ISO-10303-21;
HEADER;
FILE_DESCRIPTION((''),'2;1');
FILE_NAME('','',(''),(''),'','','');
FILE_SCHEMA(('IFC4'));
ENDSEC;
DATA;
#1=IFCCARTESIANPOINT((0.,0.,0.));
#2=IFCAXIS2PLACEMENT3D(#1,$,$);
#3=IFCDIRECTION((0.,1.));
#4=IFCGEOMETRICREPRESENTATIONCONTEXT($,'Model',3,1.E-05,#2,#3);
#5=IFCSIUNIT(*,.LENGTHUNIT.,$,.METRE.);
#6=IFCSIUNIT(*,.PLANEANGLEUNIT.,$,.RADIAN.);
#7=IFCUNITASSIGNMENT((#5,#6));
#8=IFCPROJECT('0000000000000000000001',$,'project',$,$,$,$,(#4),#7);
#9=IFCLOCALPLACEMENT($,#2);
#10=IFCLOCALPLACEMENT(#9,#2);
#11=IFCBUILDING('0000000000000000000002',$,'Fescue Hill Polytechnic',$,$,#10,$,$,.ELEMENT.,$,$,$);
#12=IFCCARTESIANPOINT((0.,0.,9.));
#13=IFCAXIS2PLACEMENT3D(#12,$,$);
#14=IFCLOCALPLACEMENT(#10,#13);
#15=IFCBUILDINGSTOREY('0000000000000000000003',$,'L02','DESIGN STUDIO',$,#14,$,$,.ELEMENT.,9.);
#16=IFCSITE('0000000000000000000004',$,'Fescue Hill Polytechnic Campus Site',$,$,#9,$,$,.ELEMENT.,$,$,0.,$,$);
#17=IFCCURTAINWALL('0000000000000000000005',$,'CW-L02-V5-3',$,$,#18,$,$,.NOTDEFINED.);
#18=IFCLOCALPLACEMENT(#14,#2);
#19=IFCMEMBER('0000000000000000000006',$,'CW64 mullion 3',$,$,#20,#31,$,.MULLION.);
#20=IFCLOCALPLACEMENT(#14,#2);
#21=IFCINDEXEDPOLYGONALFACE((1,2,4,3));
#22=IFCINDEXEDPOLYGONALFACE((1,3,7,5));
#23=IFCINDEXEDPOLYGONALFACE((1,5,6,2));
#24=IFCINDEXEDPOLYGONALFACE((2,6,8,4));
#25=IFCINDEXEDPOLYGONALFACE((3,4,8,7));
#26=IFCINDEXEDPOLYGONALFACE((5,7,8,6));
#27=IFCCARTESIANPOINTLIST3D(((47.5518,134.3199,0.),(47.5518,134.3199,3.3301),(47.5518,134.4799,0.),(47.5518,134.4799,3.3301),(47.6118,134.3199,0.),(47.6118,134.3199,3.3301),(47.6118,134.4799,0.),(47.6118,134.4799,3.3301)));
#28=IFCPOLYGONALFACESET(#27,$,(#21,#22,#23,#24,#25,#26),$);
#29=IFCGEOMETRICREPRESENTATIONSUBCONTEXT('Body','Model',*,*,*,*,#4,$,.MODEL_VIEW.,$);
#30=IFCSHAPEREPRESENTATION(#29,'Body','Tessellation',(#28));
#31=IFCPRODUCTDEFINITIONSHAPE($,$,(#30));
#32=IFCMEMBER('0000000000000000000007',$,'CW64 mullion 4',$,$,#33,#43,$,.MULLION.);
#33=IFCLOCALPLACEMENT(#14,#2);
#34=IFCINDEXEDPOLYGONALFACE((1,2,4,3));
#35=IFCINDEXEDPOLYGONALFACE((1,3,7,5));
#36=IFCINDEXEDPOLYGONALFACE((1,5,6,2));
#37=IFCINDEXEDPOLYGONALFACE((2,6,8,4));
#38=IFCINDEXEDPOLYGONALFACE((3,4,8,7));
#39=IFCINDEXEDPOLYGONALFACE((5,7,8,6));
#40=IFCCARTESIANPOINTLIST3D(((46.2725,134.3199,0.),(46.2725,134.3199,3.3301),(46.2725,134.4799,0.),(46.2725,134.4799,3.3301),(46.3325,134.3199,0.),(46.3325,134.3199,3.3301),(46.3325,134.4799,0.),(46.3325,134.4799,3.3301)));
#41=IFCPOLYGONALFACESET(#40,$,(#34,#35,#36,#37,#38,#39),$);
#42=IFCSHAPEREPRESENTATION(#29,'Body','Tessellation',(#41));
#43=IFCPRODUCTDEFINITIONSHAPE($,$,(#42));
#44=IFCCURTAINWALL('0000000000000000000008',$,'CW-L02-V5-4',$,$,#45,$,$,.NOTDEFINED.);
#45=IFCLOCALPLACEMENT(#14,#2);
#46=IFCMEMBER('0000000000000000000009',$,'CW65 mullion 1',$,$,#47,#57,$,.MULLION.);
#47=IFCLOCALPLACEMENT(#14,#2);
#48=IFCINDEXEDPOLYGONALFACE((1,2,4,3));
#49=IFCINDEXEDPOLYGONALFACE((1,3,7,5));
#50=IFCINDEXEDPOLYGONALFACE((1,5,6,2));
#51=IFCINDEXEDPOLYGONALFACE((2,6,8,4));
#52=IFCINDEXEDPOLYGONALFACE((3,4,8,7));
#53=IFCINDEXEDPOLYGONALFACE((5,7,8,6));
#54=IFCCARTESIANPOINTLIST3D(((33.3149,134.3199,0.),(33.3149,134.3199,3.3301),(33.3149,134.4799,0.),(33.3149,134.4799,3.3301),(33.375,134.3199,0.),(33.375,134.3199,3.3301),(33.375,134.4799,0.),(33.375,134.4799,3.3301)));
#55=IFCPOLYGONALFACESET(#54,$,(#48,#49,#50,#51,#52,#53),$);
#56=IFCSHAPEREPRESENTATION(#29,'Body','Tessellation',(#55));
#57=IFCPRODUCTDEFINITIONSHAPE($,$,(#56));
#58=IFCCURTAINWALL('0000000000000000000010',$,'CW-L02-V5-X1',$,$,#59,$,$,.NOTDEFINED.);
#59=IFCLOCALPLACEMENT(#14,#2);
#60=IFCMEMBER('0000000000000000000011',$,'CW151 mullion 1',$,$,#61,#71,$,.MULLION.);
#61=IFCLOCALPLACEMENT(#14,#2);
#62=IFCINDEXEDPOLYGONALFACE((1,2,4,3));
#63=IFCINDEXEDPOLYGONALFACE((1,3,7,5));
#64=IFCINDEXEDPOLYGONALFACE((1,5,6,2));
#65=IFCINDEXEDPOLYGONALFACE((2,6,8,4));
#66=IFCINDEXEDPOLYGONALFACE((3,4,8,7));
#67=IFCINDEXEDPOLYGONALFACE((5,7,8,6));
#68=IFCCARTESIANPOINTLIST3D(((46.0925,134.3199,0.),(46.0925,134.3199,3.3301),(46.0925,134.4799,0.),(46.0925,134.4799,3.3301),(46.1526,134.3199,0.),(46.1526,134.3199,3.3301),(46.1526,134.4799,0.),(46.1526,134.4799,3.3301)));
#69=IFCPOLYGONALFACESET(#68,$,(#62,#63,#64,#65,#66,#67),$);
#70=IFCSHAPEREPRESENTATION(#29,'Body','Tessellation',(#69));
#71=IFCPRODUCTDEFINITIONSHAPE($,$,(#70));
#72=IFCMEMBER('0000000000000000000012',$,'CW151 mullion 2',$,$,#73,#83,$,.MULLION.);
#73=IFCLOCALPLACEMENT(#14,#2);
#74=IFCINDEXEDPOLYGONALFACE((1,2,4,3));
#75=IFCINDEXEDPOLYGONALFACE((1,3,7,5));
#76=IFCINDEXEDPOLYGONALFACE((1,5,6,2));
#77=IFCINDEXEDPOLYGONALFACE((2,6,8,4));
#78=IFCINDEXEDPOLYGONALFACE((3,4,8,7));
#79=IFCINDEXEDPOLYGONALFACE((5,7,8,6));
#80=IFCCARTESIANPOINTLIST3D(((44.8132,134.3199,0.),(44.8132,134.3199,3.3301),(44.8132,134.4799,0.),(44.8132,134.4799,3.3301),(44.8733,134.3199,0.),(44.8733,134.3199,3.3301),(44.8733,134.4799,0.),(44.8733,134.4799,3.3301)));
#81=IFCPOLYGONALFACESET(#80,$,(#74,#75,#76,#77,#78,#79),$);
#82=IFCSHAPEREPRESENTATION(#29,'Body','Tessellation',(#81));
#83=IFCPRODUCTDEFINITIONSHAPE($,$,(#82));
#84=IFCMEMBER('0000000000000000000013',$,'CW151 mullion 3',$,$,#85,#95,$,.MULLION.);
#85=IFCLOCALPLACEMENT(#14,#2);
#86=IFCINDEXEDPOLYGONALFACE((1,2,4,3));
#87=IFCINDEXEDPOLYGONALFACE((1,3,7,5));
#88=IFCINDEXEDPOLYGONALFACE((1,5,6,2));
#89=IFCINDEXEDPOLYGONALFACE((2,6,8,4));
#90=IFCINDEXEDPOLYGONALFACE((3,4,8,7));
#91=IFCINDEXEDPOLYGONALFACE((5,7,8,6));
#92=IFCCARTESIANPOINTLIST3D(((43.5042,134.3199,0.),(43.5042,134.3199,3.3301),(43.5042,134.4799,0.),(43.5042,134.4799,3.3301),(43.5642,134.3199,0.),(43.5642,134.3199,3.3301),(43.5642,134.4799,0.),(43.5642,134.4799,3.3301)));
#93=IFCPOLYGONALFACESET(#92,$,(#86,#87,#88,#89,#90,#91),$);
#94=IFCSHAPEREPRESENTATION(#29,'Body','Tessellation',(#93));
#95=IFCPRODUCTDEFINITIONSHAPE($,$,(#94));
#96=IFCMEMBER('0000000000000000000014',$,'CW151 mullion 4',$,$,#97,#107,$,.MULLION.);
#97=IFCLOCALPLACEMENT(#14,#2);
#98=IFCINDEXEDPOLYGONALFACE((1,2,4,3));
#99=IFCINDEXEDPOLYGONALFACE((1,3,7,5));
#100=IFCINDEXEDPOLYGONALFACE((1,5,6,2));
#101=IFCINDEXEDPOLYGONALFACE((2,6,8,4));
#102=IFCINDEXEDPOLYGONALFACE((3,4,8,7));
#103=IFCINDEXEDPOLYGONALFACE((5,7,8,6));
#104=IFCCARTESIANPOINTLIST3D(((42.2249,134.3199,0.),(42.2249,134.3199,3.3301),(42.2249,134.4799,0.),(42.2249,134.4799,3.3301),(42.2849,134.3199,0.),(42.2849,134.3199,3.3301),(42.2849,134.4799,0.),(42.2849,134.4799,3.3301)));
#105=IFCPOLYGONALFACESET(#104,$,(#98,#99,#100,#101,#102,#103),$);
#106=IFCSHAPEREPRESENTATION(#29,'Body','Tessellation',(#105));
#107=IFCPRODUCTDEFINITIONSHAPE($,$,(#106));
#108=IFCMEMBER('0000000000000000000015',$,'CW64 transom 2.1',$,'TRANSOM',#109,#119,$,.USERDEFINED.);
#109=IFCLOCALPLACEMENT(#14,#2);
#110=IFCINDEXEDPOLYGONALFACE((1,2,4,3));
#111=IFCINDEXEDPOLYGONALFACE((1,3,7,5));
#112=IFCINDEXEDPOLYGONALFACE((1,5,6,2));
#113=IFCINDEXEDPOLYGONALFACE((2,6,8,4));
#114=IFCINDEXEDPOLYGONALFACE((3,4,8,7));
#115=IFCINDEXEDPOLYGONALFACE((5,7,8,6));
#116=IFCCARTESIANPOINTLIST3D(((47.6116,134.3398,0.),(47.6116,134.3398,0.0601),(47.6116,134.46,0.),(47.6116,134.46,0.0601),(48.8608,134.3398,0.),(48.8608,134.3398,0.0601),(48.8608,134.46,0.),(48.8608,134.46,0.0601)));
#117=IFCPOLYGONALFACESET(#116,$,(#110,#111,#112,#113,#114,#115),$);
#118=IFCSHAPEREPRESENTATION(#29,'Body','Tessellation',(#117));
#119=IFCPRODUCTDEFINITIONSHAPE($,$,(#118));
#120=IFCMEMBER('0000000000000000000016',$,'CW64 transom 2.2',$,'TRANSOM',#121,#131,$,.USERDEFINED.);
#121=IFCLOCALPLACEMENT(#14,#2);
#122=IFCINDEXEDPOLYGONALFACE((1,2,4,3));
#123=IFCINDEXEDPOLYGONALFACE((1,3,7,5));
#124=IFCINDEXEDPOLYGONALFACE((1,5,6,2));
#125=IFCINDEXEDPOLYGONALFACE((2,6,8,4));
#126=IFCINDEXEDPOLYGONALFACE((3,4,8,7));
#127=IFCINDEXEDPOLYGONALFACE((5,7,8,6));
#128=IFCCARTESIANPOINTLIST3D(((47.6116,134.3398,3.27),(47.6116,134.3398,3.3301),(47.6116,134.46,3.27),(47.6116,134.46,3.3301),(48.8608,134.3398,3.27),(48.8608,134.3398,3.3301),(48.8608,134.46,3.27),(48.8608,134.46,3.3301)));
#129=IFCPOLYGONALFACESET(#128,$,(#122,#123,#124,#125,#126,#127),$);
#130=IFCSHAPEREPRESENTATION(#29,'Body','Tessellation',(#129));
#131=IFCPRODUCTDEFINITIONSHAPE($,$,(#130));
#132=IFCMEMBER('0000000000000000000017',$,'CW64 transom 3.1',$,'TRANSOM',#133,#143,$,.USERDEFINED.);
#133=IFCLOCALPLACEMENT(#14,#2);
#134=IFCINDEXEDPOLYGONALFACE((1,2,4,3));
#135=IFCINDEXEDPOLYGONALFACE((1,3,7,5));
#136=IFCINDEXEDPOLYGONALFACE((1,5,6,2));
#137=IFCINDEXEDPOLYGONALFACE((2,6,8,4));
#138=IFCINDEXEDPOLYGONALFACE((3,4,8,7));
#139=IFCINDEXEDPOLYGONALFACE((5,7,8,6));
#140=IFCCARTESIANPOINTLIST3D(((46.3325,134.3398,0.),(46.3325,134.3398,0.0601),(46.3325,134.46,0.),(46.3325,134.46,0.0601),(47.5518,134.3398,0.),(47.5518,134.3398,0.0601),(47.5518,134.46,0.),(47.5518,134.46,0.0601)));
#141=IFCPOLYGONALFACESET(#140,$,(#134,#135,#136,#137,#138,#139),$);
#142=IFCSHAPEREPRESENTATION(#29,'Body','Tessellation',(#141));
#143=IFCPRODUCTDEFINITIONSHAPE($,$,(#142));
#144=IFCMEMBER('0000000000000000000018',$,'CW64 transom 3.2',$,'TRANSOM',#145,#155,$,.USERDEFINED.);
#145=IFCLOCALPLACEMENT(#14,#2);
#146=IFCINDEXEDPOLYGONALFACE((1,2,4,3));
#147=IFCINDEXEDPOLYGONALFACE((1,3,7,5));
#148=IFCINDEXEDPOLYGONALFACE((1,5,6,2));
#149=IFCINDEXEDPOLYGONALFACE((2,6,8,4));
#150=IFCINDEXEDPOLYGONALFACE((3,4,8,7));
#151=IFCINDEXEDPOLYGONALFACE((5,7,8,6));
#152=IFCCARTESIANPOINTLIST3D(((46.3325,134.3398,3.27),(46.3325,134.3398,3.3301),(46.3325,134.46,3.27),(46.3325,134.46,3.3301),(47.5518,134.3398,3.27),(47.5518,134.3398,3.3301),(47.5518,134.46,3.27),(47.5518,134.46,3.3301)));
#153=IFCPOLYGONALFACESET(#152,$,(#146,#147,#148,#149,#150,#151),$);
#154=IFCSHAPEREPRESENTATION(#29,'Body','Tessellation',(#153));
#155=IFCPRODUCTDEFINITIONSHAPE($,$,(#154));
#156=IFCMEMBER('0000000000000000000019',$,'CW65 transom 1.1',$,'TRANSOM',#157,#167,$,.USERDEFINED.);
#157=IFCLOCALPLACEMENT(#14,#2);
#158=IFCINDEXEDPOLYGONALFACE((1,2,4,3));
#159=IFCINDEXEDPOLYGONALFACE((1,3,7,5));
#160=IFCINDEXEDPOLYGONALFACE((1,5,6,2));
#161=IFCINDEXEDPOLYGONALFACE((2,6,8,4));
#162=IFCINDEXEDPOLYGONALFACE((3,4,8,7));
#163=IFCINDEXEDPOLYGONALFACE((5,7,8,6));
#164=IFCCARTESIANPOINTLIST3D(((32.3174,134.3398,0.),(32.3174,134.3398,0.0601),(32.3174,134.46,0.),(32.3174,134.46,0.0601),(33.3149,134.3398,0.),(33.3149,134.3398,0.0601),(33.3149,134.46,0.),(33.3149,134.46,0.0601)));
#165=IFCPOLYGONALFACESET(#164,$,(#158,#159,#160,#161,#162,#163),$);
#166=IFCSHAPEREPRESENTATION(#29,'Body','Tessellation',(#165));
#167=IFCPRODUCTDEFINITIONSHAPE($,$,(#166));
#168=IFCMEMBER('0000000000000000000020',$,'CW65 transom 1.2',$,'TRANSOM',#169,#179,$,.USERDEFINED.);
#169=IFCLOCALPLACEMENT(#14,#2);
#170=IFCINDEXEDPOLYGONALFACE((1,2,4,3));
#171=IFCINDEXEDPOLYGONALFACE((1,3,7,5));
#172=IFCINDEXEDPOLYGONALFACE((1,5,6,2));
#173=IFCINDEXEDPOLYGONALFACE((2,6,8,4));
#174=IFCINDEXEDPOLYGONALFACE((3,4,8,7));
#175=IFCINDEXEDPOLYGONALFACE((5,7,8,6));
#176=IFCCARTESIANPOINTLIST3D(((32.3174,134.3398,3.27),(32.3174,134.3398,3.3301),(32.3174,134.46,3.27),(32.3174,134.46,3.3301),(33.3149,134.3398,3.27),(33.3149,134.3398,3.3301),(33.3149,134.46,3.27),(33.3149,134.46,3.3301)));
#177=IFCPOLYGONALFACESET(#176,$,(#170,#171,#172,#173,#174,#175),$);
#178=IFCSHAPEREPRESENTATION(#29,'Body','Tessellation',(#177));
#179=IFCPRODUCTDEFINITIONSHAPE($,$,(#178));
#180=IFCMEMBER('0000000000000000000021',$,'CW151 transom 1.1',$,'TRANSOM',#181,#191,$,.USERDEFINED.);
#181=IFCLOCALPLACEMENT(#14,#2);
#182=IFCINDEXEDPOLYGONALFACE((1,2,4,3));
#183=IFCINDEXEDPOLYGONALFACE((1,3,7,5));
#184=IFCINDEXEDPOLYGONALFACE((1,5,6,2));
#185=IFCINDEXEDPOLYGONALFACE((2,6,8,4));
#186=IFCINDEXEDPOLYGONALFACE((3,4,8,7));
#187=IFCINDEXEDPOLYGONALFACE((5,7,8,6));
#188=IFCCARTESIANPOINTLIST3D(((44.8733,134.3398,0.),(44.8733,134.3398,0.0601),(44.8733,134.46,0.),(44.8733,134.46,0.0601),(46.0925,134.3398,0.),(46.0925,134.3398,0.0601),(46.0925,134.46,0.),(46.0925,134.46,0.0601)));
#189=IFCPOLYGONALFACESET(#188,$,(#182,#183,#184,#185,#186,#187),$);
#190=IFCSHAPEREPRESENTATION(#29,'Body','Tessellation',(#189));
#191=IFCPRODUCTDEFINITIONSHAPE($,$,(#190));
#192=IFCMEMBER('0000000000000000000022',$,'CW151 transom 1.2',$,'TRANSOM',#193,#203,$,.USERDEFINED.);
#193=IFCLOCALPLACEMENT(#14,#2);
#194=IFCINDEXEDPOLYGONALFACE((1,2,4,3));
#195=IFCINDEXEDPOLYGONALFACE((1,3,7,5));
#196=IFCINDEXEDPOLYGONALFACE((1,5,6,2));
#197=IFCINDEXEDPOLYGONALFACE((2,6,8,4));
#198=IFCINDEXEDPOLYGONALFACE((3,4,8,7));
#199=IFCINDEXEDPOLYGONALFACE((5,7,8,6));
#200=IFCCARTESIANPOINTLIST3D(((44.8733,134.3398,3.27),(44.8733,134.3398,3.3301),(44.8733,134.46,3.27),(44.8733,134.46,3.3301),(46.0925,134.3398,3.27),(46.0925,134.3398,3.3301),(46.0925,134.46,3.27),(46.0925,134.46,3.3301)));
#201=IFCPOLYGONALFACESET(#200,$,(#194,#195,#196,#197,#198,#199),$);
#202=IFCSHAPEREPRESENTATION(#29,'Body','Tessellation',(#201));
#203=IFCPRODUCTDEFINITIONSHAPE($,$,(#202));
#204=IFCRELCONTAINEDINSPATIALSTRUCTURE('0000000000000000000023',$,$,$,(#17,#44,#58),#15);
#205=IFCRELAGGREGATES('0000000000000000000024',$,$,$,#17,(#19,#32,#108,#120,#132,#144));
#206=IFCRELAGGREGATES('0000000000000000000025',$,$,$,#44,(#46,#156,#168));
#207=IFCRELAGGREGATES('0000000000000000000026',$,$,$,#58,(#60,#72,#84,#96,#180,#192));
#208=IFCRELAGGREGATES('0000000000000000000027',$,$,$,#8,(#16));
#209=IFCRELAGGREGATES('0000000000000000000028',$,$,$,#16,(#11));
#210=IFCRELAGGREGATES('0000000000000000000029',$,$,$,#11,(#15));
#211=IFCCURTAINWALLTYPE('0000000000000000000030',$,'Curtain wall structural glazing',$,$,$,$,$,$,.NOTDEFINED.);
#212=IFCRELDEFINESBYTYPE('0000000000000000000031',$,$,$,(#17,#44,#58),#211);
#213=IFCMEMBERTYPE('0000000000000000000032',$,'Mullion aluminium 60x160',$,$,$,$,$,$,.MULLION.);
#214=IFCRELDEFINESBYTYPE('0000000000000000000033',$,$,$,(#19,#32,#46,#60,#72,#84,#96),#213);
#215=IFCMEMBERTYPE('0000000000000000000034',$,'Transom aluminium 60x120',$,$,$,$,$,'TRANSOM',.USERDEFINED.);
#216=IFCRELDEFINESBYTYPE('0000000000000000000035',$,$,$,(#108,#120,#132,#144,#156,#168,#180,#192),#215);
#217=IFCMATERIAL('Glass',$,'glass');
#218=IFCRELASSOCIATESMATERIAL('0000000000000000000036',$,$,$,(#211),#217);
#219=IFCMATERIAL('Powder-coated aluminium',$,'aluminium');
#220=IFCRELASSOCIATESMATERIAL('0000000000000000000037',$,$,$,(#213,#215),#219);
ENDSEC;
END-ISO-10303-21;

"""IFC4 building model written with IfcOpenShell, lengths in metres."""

from ifc_helpers import new_model, si_unit, direction, frame, origin, origin_2d, place, context, subcontext, project, spatial, rectangle, extrude, material, material_profile, profile_set, type_object, element, aggregate, save


model = new_model("IFC4")

# Units and contexts
model_context = context("Model", 3, precision=1e-05, world=origin(), true_north=direction((0.0, 1.0)))
body_context = subcontext(model_context, "Body", "Model", "MODEL_VIEW")
ifc_project = project(units=[si_unit("LENGTHUNIT", "METRE"), si_unit("PLANEANGLEUNIT", "RADIAN")], contexts=[model_context])

# Site, building, storey
site_placement = place(None, origin())
site = spatial("IfcSite", under=ifc_project, at=site_placement, Name="Fescue Hill Polytechnic Campus Site", CompositionType="ELEMENT", RefElevation=0.0)
building_placement = place(site_placement, origin())
building = spatial("IfcBuilding", under=site, at=building_placement, Name="Fescue Hill Polytechnic", CompositionType="ELEMENT")
storey_placement = place(building_placement, frame((0.0, 0.0, 9.0)))
storey = spatial("IfcBuildingStorey", under=building, at=storey_placement, Name="L02", Description="DESIGN STUDIO", CompositionType="ELEMENT", Elevation=9.0)

# Curtain wall, members
ifc_material_1 = material(Name="Glass", Category="glass")
curtain_wall_type = type_object("IfcCurtainWallType", Name="Curtain wall structural glazing", PredefinedType="NOTDEFINED", material=ifc_material_1)
curtain_wall_1_placement = place(storey_placement, origin())
curtain_wall_1 = element("IfcCurtainWall", 1, at=curtain_wall_1_placement, inside=storey, type_object=curtain_wall_type, Name="CW-L02-V5-3", PredefinedType="NOTDEFINED")
ifc_material_2 = material(Name="Powder-coated aluminium", Category="aluminium")
ifc_material_profile_1 = material_profile(ifc_material_2, rectangle(XDim=0.1599, YDim=0.0601, at=origin_2d()), Name="Mullion aluminium 60x160")
ifc_profile_set_1 = profile_set([ifc_material_profile_1], Name="Powder-coated aluminium")
member_type_1 = type_object("IfcMemberType", Name="Mullion aluminium 60x160", PredefinedType="MULLION", material=ifc_profile_set_1)
member_1_placement = place(storey_placement, frame((47.5818, 134.3999, 0.0), z_axis=(0.0, 0.0, 1.0), x_axis=(0.0, -1.0, 0.0)))
member_1 = element("IfcMember", 2, at=member_1_placement, type_object=member_type_1, Name="CW64 mullion 3", PredefinedType="MULLION", context=body_context, shape_type="SweptSolid", body=[
    extrude(rectangle(XDim=0.1599, YDim=0.0601, at=origin_2d()), origin(), (0.0, 0.0, 1.0), 3.3301),
])
member_2_placement = place(storey_placement, frame((46.3025, 134.3999, 0.0), z_axis=(0.0, 0.0, 1.0), x_axis=(0.0, -1.0, 0.0)))
member_2 = element("IfcMember", 3, at=member_2_placement, type_object=member_type_1, Name="CW64 mullion 4", PredefinedType="MULLION", context=body_context, shape_type="SweptSolid", body=[
    extrude(rectangle(XDim=0.1599, YDim=0.0601, at=origin_2d()), origin(), (0.0, 0.0, 1.0), 3.3301),
])

# Curtain wall, member
curtain_wall_2_placement = place(storey_placement, origin())
curtain_wall_2 = element("IfcCurtainWall", 4, at=curtain_wall_2_placement, inside=storey, type_object=curtain_wall_type, Name="CW-L02-V5-4", PredefinedType="NOTDEFINED")
member_3_placement = place(storey_placement, frame((33.345, 134.3999, 0.0), z_axis=(0.0, 0.0, 1.0), x_axis=(0.0, -1.0, 0.0)))
member_3 = element("IfcMember", 5, at=member_3_placement, type_object=member_type_1, Name="CW65 mullion 1", PredefinedType="MULLION", context=body_context, shape_type="SweptSolid", body=[
    extrude(rectangle(XDim=0.1599, YDim=0.0601, at=origin_2d()), origin(), (0.0, 0.0, 1.0), 3.3301),
])

# Curtain wall, members
curtain_wall_3_placement = place(storey_placement, origin())
curtain_wall_3 = element("IfcCurtainWall", 6, at=curtain_wall_3_placement, inside=storey, type_object=curtain_wall_type, Name="CW-L02-V5-X1", PredefinedType="NOTDEFINED")
member_4_placement = place(storey_placement, frame((46.1226, 134.3999, 0.0), z_axis=(0.0, 0.0, 1.0), x_axis=(0.0, -1.0, 0.0)))
member_4 = element("IfcMember", 7, at=member_4_placement, type_object=member_type_1, Name="CW151 mullion 1", PredefinedType="MULLION", context=body_context, shape_type="SweptSolid", body=[
    extrude(rectangle(XDim=0.1599, YDim=0.0601, at=origin_2d()), origin(), (0.0, 0.0, 1.0), 3.3301),
])
member_5_placement = place(storey_placement, frame((44.8433, 134.3999, 0.0), z_axis=(0.0, 0.0, 1.0), x_axis=(0.0, -1.0, 0.0)))
member_5 = element("IfcMember", 8, at=member_5_placement, type_object=member_type_1, Name="CW151 mullion 2", PredefinedType="MULLION", context=body_context, shape_type="SweptSolid", body=[
    extrude(rectangle(XDim=0.1599, YDim=0.0601, at=origin_2d()), origin(), (0.0, 0.0, 1.0), 3.3301),
])
member_6_placement = place(storey_placement, frame((43.5342, 134.3999, 0.0), z_axis=(0.0, 0.0, 1.0), x_axis=(0.0, -1.0, 0.0)))
member_6 = element("IfcMember", 9, at=member_6_placement, type_object=member_type_1, Name="CW151 mullion 3", PredefinedType="MULLION", context=body_context, shape_type="SweptSolid", body=[
    extrude(rectangle(XDim=0.1599, YDim=0.0601, at=origin_2d()), origin(), (0.0, 0.0, 1.0), 3.3301),
])
member_7_placement = place(storey_placement, frame((42.2549, 134.3999, 0.0), z_axis=(0.0, 0.0, 1.0), x_axis=(0.0, -1.0, 0.0)))
member_7 = element("IfcMember", 10, at=member_7_placement, type_object=member_type_1, Name="CW151 mullion 4", PredefinedType="MULLION", context=body_context, shape_type="SweptSolid", body=[
    extrude(rectangle(XDim=0.1599, YDim=0.0601, at=origin_2d()), origin(), (0.0, 0.0, 1.0), 3.3301),
])

# Members
ifc_material_profile_2 = material_profile(ifc_material_2, rectangle(XDim=0.1201, YDim=0.0601, at=origin_2d()), Name="Transom aluminium 60x120")
ifc_profile_set_2 = profile_set([ifc_material_profile_2], Name="Powder-coated aluminium")
member_type_2 = type_object("IfcMemberType", Name="Transom aluminium 60x120", ElementType="TRANSOM", PredefinedType="USERDEFINED", material=ifc_profile_set_2)
member_8_placement = place(storey_placement, frame((48.8608, 134.3999, 0.03), z_axis=(-1.0, 0.0, 0.0), x_axis=(0.0, -1.0, 0.0)))
member_8 = element("IfcMember", 11, at=member_8_placement, type_object=member_type_2, Name="CW64 transom 2.1", ObjectType="TRANSOM", PredefinedType="USERDEFINED", context=body_context, shape_type="SweptSolid", body=[
    extrude(rectangle(XDim=0.1201, YDim=0.0601, at=origin_2d()), origin(), (0.0, 0.0, 1.0), 1.2493),
])
member_9_placement = place(storey_placement, frame((48.8608, 134.3999, 3.3), z_axis=(-1.0, 0.0, 0.0), x_axis=(0.0, -1.0, 0.0)))
member_9 = element("IfcMember", 12, at=member_9_placement, type_object=member_type_2, Name="CW64 transom 2.2", ObjectType="TRANSOM", PredefinedType="USERDEFINED", context=body_context, shape_type="SweptSolid", body=[
    extrude(rectangle(XDim=0.1201, YDim=0.0601, at=origin_2d()), origin(), (0.0, 0.0, 1.0), 1.2493),
])
member_10_placement = place(storey_placement, frame((47.5518, 134.3999, 0.03), z_axis=(-1.0, 0.0, 0.0), x_axis=(0.0, -1.0, 0.0)))
member_10 = element("IfcMember", 13, at=member_10_placement, type_object=member_type_2, Name="CW64 transom 3.1", ObjectType="TRANSOM", PredefinedType="USERDEFINED", context=body_context, shape_type="SweptSolid", body=[
    extrude(rectangle(XDim=0.1201, YDim=0.0601, at=origin_2d()), origin(), (0.0, 0.0, 1.0), 1.2192),
])
member_11_placement = place(storey_placement, frame((47.5518, 134.3999, 3.3), z_axis=(-1.0, 0.0, 0.0), x_axis=(0.0, -1.0, 0.0)))
member_11 = element("IfcMember", 14, at=member_11_placement, type_object=member_type_2, Name="CW64 transom 3.2", ObjectType="TRANSOM", PredefinedType="USERDEFINED", context=body_context, shape_type="SweptSolid", body=[
    extrude(rectangle(XDim=0.1201, YDim=0.0601, at=origin_2d()), origin(), (0.0, 0.0, 1.0), 1.2192),
])
member_12_placement = place(storey_placement, frame((33.3149, 134.3999, 0.03), z_axis=(-1.0, 0.0, 0.0), x_axis=(0.0, -1.0, 0.0)))
member_12 = element("IfcMember", 15, at=member_12_placement, type_object=member_type_2, Name="CW65 transom 1.1", ObjectType="TRANSOM", PredefinedType="USERDEFINED", context=body_context, shape_type="SweptSolid", body=[
    extrude(rectangle(XDim=0.1201, YDim=0.0601, at=origin_2d()), origin(), (0.0, 0.0, 1.0), 0.9976),
])
member_13_placement = place(storey_placement, frame((33.3149, 134.3999, 3.3), z_axis=(-1.0, 0.0, 0.0), x_axis=(0.0, -1.0, 0.0)))
member_13 = element("IfcMember", 16, at=member_13_placement, type_object=member_type_2, Name="CW65 transom 1.2", ObjectType="TRANSOM", PredefinedType="USERDEFINED", context=body_context, shape_type="SweptSolid", body=[
    extrude(rectangle(XDim=0.1201, YDim=0.0601, at=origin_2d()), origin(), (0.0, 0.0, 1.0), 0.9976),
])
member_14_placement = place(storey_placement, frame((46.0925, 134.3999, 0.03), z_axis=(-1.0, 0.0, 0.0), x_axis=(0.0, -1.0, 0.0)))
member_14 = element("IfcMember", 17, at=member_14_placement, type_object=member_type_2, Name="CW151 transom 1.1", ObjectType="TRANSOM", PredefinedType="USERDEFINED", context=body_context, shape_type="SweptSolid", body=[
    extrude(rectangle(XDim=0.1201, YDim=0.0601, at=origin_2d()), origin(), (0.0, 0.0, 1.0), 1.2192),
])
member_15_placement = place(storey_placement, frame((46.0925, 134.3999, 3.3), z_axis=(-1.0, 0.0, 0.0), x_axis=(0.0, -1.0, 0.0)))
member_15 = element("IfcMember", 18, at=member_15_placement, type_object=member_type_2, Name="CW151 transom 1.2", ObjectType="TRANSOM", PredefinedType="USERDEFINED", context=body_context, shape_type="SweptSolid", body=[
    extrude(rectangle(XDim=0.1201, YDim=0.0601, at=origin_2d()), origin(), (0.0, 0.0, 1.0), 1.2192),
])

aggregate(curtain_wall_1, [member_1, member_2, member_8, member_9, member_10, member_11])
aggregate(curtain_wall_2, [member_3, member_12, member_13])
aggregate(curtain_wall_3, [member_4, member_5, member_6, member_7, member_14, member_15])

save(model, "model.ifc")
